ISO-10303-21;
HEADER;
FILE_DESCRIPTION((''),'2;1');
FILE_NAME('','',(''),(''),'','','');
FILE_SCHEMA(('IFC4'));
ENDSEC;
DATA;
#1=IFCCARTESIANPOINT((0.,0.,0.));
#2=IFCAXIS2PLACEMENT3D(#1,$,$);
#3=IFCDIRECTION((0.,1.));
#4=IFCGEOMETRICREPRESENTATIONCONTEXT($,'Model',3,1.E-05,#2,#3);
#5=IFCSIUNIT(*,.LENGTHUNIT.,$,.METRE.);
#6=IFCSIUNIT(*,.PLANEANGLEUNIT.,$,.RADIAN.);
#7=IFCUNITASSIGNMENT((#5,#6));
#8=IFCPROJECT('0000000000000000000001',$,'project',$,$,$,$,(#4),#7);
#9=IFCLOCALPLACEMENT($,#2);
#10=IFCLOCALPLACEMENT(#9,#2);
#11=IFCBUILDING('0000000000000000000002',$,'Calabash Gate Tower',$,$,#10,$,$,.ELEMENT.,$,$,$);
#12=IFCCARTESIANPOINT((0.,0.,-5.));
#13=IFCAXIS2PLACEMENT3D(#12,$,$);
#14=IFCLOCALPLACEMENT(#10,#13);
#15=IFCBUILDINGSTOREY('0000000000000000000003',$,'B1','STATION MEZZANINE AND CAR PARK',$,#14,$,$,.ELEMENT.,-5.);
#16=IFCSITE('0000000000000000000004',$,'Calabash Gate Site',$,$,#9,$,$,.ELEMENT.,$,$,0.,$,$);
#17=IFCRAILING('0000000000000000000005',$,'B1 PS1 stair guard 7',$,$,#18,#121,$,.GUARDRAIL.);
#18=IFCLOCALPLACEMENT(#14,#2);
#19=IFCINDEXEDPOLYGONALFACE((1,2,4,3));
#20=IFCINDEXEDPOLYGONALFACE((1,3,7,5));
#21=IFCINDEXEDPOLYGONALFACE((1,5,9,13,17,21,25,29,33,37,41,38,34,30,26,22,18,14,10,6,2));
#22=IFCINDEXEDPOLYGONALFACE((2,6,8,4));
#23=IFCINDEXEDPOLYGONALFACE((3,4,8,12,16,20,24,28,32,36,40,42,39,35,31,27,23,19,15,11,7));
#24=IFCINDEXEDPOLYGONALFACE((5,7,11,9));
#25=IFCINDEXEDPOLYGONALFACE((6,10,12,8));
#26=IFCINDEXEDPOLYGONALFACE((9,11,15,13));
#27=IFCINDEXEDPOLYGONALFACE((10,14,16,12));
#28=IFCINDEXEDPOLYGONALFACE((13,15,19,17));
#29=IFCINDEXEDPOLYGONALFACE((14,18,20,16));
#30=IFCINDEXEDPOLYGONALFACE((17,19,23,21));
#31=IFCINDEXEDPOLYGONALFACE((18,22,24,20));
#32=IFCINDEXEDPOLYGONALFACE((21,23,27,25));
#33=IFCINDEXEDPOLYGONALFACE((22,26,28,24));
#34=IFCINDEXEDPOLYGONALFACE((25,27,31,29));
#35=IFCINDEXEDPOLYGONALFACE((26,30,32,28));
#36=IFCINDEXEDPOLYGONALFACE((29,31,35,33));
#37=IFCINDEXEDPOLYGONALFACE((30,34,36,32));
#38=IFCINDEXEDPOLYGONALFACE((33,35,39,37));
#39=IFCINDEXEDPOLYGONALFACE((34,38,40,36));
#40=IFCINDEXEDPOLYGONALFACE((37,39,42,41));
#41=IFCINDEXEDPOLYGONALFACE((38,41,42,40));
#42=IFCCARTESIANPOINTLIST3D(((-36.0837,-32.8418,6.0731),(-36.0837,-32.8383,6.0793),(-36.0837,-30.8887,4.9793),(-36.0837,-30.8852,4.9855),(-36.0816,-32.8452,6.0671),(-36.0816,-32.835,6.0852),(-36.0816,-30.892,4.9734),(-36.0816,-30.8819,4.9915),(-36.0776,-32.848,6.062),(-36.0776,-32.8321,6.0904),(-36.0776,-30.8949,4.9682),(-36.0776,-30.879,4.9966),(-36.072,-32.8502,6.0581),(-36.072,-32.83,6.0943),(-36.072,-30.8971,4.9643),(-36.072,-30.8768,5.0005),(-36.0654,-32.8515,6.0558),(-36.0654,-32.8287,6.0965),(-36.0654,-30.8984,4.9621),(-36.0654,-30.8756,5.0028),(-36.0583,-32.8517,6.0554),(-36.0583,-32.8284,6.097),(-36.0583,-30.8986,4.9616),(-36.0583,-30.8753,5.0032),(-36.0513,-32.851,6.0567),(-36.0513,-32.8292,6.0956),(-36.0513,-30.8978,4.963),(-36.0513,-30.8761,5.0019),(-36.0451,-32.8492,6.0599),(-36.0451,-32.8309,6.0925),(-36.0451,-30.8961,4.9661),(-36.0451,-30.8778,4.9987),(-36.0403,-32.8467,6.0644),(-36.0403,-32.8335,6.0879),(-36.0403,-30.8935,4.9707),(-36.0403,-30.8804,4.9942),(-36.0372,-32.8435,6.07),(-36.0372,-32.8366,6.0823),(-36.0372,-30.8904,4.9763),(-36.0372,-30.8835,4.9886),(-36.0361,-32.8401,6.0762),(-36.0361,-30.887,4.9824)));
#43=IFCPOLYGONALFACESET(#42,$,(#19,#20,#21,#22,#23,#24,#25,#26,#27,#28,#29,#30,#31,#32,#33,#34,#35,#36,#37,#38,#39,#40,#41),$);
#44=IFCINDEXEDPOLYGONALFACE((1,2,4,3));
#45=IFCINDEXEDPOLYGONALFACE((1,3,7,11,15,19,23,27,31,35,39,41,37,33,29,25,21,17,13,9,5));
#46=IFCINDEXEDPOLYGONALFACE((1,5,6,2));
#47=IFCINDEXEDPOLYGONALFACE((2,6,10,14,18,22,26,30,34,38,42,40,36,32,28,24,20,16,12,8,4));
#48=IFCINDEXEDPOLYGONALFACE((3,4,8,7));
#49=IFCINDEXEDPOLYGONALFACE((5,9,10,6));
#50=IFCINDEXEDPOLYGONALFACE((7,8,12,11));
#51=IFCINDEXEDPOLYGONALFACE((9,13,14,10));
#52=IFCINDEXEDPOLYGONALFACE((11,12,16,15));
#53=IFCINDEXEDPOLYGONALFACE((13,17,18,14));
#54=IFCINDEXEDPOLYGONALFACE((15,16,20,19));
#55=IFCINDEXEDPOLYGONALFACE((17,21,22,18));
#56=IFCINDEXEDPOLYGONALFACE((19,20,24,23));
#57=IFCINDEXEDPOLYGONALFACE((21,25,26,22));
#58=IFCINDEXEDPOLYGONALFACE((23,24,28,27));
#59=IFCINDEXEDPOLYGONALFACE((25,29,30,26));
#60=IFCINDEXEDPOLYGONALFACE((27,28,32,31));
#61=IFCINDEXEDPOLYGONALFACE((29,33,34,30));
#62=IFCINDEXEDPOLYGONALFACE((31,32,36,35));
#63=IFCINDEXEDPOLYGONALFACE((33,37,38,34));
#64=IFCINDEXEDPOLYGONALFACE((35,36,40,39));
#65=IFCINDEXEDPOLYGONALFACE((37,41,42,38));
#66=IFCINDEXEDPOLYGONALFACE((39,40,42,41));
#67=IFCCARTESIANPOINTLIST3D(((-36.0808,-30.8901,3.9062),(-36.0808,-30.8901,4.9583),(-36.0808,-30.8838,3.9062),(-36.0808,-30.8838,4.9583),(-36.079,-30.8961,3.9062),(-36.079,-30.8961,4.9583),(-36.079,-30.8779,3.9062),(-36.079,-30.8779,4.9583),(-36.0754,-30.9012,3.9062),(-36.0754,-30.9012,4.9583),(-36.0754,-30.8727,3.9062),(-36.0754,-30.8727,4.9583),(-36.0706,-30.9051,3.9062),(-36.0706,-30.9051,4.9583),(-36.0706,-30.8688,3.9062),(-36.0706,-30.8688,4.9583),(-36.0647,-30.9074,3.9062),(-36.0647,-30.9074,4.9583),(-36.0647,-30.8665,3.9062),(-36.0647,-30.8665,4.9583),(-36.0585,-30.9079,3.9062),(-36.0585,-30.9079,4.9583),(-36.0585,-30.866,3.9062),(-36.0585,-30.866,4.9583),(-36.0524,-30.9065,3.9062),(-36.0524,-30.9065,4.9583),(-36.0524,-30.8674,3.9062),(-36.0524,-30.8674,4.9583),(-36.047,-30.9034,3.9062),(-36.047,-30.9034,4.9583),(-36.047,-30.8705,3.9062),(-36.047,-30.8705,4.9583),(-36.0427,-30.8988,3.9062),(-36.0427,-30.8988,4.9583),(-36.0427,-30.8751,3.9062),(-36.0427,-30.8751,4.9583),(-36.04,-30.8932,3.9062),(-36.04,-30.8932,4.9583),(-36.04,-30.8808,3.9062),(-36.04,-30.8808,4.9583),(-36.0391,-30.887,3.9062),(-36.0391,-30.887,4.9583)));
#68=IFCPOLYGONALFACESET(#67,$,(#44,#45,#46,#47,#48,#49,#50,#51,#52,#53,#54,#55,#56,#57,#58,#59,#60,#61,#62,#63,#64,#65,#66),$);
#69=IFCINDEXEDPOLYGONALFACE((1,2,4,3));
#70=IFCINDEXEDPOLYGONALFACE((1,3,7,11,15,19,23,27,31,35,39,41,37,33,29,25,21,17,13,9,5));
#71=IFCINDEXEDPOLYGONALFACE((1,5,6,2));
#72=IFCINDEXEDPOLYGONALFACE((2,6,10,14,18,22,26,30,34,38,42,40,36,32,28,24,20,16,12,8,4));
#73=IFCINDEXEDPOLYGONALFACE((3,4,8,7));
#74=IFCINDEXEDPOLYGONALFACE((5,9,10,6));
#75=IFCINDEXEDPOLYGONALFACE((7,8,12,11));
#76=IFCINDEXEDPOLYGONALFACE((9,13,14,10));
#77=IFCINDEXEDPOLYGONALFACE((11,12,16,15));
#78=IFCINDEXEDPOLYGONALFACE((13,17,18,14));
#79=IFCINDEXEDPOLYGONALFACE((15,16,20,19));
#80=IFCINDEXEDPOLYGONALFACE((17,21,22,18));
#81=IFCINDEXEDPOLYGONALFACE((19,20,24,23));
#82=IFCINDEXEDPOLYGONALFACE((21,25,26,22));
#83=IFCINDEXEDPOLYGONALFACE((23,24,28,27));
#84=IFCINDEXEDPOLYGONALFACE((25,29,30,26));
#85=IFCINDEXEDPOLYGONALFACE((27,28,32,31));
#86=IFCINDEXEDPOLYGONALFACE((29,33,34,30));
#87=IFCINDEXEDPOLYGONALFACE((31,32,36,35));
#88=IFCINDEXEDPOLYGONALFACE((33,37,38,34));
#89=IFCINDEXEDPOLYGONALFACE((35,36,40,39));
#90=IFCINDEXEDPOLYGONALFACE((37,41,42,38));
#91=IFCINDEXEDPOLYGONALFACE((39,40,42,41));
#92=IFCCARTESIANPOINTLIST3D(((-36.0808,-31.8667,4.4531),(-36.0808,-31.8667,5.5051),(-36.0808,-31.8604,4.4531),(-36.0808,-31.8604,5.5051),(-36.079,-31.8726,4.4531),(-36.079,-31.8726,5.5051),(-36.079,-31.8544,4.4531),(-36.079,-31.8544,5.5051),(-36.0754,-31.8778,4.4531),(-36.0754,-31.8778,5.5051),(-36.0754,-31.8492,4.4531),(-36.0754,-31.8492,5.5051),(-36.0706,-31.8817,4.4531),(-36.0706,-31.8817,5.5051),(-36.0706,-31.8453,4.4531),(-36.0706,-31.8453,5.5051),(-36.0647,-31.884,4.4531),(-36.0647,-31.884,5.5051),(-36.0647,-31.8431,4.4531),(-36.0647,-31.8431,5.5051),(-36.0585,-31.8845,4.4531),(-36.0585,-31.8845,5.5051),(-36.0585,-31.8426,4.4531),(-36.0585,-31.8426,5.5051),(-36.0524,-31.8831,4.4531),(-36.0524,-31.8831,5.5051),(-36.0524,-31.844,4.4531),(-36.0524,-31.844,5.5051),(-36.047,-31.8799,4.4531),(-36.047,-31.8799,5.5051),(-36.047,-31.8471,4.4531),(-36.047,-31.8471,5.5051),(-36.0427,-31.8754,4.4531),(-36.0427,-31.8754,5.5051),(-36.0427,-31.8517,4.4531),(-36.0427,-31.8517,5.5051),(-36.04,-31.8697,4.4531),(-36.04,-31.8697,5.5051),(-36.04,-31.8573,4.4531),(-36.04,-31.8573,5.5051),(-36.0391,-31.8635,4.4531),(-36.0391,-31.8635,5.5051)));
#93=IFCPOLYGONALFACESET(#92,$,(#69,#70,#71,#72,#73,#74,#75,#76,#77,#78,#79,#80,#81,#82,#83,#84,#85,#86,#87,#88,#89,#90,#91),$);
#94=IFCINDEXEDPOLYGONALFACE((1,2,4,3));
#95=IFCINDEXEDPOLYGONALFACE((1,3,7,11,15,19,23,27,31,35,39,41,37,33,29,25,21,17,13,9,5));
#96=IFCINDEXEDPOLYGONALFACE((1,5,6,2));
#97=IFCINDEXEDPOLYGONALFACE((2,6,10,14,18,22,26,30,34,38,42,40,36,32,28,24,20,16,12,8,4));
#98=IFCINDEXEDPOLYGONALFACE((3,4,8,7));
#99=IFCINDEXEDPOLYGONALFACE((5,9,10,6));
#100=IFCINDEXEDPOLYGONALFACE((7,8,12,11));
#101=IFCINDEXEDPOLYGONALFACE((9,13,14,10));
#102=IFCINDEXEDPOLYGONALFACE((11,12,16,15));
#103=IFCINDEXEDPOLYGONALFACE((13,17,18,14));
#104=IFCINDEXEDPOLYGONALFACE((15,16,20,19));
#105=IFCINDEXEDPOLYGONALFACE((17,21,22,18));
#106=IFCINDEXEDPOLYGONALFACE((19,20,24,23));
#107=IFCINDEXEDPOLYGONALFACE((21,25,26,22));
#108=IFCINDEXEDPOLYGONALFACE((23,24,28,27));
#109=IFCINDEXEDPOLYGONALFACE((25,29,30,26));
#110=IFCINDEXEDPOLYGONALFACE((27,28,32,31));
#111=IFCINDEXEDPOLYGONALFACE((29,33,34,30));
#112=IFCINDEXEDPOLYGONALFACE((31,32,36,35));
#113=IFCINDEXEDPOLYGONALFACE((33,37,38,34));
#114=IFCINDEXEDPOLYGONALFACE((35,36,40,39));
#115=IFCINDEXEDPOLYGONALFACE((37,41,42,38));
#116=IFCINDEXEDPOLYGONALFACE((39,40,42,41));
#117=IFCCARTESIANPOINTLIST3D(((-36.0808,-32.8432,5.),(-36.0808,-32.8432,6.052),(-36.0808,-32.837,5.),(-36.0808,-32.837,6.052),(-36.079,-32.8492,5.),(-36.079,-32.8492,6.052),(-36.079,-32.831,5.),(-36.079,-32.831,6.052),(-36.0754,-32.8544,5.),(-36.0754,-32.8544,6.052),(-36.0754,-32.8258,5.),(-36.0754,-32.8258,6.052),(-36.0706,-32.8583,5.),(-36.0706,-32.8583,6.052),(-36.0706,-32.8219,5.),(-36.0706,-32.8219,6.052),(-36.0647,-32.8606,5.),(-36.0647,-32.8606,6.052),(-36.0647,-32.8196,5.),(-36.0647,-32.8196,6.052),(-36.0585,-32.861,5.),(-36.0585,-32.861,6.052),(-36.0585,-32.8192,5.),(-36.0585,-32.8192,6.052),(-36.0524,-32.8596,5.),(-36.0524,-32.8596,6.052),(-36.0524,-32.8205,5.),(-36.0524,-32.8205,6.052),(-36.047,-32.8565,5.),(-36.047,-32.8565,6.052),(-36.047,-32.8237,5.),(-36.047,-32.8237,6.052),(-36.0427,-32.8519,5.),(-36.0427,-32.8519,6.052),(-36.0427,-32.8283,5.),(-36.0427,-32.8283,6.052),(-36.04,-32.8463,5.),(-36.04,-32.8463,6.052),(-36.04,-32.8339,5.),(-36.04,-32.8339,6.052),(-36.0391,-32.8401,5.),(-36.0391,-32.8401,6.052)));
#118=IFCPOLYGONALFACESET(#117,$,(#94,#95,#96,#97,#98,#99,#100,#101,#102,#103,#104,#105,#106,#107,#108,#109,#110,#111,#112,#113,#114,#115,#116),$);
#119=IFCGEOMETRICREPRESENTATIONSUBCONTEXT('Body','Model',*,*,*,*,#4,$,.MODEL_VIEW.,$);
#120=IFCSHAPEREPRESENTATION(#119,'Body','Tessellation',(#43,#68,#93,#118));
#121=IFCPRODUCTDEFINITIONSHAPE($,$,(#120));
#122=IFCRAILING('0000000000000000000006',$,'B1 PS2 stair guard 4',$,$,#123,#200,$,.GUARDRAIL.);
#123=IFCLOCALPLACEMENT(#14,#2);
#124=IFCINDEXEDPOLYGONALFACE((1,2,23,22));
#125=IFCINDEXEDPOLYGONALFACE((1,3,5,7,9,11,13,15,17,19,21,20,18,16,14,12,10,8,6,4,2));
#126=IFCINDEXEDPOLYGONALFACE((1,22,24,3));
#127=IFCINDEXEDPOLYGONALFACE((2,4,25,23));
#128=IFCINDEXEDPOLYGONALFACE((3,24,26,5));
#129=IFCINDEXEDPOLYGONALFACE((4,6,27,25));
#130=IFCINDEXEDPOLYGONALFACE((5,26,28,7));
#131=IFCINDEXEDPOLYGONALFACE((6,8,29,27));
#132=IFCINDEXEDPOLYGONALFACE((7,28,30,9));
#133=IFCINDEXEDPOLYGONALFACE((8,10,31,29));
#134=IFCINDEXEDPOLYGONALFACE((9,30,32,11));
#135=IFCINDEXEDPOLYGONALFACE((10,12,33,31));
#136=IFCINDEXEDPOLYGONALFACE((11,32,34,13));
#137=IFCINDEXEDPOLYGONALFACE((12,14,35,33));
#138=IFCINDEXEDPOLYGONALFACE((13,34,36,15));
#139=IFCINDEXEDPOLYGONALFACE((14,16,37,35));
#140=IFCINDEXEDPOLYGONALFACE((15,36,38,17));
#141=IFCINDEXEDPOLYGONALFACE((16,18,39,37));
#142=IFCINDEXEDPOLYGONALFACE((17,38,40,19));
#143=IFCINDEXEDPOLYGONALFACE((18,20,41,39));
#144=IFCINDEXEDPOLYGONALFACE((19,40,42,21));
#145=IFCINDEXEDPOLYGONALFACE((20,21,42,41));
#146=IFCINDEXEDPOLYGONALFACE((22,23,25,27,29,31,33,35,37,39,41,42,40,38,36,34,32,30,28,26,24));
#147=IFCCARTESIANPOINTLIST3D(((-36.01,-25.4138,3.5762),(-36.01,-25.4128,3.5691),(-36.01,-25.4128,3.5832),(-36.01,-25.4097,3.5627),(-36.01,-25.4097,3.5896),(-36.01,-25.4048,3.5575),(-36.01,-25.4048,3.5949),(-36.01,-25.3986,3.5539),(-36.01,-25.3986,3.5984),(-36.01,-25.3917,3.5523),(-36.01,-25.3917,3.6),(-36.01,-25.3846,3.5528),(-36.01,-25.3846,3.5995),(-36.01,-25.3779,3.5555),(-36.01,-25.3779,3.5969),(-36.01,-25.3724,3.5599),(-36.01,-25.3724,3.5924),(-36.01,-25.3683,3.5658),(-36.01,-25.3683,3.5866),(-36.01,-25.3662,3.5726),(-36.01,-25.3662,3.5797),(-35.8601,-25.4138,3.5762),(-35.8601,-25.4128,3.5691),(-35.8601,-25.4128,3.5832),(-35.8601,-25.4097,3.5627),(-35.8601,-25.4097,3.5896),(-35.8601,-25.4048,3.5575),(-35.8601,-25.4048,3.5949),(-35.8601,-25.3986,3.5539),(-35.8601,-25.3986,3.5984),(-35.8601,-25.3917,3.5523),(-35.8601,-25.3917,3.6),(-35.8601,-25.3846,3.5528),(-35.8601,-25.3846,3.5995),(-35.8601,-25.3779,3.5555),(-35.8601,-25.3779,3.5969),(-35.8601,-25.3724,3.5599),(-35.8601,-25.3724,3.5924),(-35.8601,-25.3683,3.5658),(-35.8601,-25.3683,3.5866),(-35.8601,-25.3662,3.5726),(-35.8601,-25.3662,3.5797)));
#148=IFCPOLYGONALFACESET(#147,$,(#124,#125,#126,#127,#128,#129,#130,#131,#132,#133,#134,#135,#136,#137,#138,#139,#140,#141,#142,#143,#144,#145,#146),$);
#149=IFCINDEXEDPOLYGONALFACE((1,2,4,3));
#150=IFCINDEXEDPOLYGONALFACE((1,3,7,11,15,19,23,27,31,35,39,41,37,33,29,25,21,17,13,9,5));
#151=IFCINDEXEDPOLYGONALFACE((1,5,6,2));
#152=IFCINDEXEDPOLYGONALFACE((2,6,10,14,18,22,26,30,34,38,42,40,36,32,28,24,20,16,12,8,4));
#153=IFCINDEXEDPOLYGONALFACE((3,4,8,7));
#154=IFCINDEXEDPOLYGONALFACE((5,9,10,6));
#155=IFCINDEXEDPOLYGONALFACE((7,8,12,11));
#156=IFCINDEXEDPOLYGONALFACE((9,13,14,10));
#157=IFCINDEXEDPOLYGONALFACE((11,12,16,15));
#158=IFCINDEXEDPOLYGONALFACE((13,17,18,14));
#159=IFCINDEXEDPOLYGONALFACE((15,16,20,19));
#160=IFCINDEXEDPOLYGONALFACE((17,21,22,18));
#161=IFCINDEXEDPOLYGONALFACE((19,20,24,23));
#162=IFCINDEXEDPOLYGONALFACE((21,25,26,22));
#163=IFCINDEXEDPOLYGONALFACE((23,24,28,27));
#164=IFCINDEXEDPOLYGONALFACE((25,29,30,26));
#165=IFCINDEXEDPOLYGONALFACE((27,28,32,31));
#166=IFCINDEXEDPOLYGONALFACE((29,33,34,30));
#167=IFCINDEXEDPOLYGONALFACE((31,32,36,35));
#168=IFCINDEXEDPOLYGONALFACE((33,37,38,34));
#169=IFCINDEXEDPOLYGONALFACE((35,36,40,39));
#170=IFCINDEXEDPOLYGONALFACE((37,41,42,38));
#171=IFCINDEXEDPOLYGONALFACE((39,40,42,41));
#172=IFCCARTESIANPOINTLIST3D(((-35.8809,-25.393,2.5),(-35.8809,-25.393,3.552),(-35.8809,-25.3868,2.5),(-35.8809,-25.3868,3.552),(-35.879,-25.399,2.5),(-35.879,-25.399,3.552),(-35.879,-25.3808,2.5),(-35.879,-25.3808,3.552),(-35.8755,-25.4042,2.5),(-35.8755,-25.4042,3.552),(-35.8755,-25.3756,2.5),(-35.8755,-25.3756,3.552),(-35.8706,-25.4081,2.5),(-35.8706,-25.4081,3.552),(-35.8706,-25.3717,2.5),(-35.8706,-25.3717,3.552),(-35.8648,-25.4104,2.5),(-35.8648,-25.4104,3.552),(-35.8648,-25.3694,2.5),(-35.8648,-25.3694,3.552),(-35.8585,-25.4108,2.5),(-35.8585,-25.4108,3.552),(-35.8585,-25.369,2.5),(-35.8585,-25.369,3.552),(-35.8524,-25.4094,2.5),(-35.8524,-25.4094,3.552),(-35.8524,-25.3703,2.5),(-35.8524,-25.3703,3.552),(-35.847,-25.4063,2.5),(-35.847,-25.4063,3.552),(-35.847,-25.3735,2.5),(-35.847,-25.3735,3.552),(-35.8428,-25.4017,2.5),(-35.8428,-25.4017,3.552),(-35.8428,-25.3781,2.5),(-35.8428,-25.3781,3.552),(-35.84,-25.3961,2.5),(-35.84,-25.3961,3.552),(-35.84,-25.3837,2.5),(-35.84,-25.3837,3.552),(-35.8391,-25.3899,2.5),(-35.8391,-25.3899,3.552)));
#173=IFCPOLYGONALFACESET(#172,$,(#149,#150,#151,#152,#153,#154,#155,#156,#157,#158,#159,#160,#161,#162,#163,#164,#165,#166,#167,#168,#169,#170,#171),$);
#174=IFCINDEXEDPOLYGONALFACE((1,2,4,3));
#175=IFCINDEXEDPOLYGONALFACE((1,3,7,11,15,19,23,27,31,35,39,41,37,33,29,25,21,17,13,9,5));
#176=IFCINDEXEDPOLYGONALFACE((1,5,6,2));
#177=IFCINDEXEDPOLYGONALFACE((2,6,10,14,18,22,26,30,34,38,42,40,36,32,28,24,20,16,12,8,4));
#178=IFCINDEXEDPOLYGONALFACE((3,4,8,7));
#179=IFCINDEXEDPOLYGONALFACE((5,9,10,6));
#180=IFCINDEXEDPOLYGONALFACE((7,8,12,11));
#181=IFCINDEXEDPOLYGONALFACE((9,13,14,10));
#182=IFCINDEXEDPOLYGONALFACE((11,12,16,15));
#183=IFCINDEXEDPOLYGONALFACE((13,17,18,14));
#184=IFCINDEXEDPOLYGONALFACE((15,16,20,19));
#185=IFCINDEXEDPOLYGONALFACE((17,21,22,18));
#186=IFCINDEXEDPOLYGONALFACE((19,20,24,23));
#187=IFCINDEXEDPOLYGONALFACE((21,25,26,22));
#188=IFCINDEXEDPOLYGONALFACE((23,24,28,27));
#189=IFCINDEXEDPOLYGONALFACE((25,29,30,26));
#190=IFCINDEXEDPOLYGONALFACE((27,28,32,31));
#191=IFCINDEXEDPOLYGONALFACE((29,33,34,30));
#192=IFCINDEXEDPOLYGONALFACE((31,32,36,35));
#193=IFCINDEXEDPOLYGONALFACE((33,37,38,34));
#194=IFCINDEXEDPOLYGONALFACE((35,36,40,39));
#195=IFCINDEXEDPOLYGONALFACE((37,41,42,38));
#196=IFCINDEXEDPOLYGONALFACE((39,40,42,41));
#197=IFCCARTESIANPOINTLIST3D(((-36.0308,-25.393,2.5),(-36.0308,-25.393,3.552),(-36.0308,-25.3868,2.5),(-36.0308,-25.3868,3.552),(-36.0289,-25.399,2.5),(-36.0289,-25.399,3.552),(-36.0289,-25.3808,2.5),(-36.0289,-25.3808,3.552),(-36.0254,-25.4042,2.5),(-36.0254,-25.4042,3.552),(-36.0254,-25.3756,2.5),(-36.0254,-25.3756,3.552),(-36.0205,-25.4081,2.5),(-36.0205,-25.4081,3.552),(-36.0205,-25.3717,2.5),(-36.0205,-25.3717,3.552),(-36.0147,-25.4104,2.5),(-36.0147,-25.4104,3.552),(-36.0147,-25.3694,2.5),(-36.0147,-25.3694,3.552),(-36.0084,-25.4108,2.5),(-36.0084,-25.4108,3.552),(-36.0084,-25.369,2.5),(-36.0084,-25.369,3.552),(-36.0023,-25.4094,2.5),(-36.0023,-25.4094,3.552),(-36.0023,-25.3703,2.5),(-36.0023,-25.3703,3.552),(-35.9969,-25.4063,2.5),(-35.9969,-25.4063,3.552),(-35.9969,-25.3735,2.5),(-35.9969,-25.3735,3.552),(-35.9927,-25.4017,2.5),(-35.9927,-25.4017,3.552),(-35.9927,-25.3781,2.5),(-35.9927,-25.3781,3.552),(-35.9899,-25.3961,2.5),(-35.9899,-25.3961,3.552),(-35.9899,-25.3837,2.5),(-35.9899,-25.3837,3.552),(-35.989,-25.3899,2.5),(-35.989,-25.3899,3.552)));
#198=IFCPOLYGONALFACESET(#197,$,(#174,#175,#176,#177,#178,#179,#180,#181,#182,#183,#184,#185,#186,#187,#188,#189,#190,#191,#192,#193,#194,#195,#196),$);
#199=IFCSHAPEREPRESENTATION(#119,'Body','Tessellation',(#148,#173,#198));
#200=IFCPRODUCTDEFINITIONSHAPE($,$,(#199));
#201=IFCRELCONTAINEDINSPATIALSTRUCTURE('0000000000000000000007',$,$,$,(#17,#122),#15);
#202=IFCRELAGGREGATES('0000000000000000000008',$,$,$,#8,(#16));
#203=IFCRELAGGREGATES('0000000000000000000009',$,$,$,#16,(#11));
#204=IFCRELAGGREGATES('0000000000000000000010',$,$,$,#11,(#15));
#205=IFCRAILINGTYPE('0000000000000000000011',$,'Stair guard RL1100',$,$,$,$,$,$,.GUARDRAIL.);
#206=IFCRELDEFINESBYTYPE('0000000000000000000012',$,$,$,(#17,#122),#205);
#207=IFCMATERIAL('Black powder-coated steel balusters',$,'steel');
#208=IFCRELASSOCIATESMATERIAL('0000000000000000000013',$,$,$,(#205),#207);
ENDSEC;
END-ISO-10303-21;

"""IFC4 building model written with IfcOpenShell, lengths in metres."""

from ifc_helpers import new_model, si_unit, direction, frame, origin, origin_2d, place, context, subcontext, project, spatial, circle, extrude, material, type_object, element, save


model = new_model("IFC4")

# Units and contexts
model_context = context("Model", 3, precision=1e-05, world=origin(), true_north=direction((0.0, 1.0)))
body_context = subcontext(model_context, "Body", "Model", "MODEL_VIEW")
ifc_project = project(units=[si_unit("LENGTHUNIT", "METRE"), si_unit("PLANEANGLEUNIT", "RADIAN")], contexts=[model_context])

# Site, building, storey
site_placement = place(None, origin())
site = spatial("IfcSite", under=ifc_project, at=site_placement, Name="Calabash Gate Site", CompositionType="ELEMENT", RefElevation=0.0)
building_placement = place(site_placement, origin())
building = spatial("IfcBuilding", under=site, at=building_placement, Name="Calabash Gate Tower", CompositionType="ELEMENT")
storey_placement = place(building_placement, frame((0.0, 0.0, -5.0)))
storey = spatial("IfcBuildingStorey", under=building, at=storey_placement, Name="B1", Description="STATION MEZZANINE AND CAR PARK", CompositionType="ELEMENT", Elevation=-5.0)

# Railings
ifc_material_1 = material(Name="Black powder-coated steel balusters", Category="steel")
railing_type_1 = type_object("IfcRailingType", Name="Stair guard RL1100", PredefinedType="GUARDRAIL", material=ifc_material_1)
railing_1_placement = place(storey_placement, frame((-36.0601, -30.887, 3.9062)))
element("IfcRailing", 1, at=railing_1_placement, inside=storey, type_object=railing_type_1, Name="B1 PS1 stair guard 7", PredefinedType="GUARDRAIL", context=body_context, shape_type="SweptSolid", body=[
    extrude(circle(Radius=0.0239, at=origin_2d()), frame((0.0, 0.0, 1.0762), z_axis=(0.0, -0.872506, 0.488603), x_axis=(1.0, 0.0, 0.0)), (0.0, 0.0, 1.0), 2.2385),
    extrude(circle(Radius=0.021, at=origin_2d()), origin(), (0.0, 0.0, 1.0), 1.052),
    extrude(circle(Radius=0.021, at=origin_2d()), frame((0.0, -0.9766, 0.5469)), (0.0, 0.0, 1.0), 1.052),
    extrude(circle(Radius=0.021, at=origin_2d()), frame((0.0, -1.9531, 1.0938)), (0.0, 0.0, 1.0), 1.052),
])
for number, where, name in (
    (2, (-35.8601, -25.3899, 2.5), "B1 PS2 stair guard 4"),
):
    element("IfcRailing", number, at=place(storey_placement, frame(where)), inside=storey, type_object=railing_type_1, Name=name, PredefinedType="GUARDRAIL", context=body_context, shape_type="SweptSolid", body=[
        extrude(circle(Radius=0.0239, at=origin_2d()), frame((0.0, 0.0, 1.0762), z_axis=(-1.0, 0.0, 0.0), x_axis=(0.0, -1.0, 0.0)), (0.0, 0.0, 1.0), 0.1499),
        extrude(circle(Radius=0.021, at=origin_2d()), origin(), (0.0, 0.0, 1.0), 1.052),
        extrude(circle(Radius=0.021, at=origin_2d()), frame((-0.1499, 0.0, 0.0)), (0.0, 0.0, 1.0), 1.052),
    ])

save(model, "model.ifc")
